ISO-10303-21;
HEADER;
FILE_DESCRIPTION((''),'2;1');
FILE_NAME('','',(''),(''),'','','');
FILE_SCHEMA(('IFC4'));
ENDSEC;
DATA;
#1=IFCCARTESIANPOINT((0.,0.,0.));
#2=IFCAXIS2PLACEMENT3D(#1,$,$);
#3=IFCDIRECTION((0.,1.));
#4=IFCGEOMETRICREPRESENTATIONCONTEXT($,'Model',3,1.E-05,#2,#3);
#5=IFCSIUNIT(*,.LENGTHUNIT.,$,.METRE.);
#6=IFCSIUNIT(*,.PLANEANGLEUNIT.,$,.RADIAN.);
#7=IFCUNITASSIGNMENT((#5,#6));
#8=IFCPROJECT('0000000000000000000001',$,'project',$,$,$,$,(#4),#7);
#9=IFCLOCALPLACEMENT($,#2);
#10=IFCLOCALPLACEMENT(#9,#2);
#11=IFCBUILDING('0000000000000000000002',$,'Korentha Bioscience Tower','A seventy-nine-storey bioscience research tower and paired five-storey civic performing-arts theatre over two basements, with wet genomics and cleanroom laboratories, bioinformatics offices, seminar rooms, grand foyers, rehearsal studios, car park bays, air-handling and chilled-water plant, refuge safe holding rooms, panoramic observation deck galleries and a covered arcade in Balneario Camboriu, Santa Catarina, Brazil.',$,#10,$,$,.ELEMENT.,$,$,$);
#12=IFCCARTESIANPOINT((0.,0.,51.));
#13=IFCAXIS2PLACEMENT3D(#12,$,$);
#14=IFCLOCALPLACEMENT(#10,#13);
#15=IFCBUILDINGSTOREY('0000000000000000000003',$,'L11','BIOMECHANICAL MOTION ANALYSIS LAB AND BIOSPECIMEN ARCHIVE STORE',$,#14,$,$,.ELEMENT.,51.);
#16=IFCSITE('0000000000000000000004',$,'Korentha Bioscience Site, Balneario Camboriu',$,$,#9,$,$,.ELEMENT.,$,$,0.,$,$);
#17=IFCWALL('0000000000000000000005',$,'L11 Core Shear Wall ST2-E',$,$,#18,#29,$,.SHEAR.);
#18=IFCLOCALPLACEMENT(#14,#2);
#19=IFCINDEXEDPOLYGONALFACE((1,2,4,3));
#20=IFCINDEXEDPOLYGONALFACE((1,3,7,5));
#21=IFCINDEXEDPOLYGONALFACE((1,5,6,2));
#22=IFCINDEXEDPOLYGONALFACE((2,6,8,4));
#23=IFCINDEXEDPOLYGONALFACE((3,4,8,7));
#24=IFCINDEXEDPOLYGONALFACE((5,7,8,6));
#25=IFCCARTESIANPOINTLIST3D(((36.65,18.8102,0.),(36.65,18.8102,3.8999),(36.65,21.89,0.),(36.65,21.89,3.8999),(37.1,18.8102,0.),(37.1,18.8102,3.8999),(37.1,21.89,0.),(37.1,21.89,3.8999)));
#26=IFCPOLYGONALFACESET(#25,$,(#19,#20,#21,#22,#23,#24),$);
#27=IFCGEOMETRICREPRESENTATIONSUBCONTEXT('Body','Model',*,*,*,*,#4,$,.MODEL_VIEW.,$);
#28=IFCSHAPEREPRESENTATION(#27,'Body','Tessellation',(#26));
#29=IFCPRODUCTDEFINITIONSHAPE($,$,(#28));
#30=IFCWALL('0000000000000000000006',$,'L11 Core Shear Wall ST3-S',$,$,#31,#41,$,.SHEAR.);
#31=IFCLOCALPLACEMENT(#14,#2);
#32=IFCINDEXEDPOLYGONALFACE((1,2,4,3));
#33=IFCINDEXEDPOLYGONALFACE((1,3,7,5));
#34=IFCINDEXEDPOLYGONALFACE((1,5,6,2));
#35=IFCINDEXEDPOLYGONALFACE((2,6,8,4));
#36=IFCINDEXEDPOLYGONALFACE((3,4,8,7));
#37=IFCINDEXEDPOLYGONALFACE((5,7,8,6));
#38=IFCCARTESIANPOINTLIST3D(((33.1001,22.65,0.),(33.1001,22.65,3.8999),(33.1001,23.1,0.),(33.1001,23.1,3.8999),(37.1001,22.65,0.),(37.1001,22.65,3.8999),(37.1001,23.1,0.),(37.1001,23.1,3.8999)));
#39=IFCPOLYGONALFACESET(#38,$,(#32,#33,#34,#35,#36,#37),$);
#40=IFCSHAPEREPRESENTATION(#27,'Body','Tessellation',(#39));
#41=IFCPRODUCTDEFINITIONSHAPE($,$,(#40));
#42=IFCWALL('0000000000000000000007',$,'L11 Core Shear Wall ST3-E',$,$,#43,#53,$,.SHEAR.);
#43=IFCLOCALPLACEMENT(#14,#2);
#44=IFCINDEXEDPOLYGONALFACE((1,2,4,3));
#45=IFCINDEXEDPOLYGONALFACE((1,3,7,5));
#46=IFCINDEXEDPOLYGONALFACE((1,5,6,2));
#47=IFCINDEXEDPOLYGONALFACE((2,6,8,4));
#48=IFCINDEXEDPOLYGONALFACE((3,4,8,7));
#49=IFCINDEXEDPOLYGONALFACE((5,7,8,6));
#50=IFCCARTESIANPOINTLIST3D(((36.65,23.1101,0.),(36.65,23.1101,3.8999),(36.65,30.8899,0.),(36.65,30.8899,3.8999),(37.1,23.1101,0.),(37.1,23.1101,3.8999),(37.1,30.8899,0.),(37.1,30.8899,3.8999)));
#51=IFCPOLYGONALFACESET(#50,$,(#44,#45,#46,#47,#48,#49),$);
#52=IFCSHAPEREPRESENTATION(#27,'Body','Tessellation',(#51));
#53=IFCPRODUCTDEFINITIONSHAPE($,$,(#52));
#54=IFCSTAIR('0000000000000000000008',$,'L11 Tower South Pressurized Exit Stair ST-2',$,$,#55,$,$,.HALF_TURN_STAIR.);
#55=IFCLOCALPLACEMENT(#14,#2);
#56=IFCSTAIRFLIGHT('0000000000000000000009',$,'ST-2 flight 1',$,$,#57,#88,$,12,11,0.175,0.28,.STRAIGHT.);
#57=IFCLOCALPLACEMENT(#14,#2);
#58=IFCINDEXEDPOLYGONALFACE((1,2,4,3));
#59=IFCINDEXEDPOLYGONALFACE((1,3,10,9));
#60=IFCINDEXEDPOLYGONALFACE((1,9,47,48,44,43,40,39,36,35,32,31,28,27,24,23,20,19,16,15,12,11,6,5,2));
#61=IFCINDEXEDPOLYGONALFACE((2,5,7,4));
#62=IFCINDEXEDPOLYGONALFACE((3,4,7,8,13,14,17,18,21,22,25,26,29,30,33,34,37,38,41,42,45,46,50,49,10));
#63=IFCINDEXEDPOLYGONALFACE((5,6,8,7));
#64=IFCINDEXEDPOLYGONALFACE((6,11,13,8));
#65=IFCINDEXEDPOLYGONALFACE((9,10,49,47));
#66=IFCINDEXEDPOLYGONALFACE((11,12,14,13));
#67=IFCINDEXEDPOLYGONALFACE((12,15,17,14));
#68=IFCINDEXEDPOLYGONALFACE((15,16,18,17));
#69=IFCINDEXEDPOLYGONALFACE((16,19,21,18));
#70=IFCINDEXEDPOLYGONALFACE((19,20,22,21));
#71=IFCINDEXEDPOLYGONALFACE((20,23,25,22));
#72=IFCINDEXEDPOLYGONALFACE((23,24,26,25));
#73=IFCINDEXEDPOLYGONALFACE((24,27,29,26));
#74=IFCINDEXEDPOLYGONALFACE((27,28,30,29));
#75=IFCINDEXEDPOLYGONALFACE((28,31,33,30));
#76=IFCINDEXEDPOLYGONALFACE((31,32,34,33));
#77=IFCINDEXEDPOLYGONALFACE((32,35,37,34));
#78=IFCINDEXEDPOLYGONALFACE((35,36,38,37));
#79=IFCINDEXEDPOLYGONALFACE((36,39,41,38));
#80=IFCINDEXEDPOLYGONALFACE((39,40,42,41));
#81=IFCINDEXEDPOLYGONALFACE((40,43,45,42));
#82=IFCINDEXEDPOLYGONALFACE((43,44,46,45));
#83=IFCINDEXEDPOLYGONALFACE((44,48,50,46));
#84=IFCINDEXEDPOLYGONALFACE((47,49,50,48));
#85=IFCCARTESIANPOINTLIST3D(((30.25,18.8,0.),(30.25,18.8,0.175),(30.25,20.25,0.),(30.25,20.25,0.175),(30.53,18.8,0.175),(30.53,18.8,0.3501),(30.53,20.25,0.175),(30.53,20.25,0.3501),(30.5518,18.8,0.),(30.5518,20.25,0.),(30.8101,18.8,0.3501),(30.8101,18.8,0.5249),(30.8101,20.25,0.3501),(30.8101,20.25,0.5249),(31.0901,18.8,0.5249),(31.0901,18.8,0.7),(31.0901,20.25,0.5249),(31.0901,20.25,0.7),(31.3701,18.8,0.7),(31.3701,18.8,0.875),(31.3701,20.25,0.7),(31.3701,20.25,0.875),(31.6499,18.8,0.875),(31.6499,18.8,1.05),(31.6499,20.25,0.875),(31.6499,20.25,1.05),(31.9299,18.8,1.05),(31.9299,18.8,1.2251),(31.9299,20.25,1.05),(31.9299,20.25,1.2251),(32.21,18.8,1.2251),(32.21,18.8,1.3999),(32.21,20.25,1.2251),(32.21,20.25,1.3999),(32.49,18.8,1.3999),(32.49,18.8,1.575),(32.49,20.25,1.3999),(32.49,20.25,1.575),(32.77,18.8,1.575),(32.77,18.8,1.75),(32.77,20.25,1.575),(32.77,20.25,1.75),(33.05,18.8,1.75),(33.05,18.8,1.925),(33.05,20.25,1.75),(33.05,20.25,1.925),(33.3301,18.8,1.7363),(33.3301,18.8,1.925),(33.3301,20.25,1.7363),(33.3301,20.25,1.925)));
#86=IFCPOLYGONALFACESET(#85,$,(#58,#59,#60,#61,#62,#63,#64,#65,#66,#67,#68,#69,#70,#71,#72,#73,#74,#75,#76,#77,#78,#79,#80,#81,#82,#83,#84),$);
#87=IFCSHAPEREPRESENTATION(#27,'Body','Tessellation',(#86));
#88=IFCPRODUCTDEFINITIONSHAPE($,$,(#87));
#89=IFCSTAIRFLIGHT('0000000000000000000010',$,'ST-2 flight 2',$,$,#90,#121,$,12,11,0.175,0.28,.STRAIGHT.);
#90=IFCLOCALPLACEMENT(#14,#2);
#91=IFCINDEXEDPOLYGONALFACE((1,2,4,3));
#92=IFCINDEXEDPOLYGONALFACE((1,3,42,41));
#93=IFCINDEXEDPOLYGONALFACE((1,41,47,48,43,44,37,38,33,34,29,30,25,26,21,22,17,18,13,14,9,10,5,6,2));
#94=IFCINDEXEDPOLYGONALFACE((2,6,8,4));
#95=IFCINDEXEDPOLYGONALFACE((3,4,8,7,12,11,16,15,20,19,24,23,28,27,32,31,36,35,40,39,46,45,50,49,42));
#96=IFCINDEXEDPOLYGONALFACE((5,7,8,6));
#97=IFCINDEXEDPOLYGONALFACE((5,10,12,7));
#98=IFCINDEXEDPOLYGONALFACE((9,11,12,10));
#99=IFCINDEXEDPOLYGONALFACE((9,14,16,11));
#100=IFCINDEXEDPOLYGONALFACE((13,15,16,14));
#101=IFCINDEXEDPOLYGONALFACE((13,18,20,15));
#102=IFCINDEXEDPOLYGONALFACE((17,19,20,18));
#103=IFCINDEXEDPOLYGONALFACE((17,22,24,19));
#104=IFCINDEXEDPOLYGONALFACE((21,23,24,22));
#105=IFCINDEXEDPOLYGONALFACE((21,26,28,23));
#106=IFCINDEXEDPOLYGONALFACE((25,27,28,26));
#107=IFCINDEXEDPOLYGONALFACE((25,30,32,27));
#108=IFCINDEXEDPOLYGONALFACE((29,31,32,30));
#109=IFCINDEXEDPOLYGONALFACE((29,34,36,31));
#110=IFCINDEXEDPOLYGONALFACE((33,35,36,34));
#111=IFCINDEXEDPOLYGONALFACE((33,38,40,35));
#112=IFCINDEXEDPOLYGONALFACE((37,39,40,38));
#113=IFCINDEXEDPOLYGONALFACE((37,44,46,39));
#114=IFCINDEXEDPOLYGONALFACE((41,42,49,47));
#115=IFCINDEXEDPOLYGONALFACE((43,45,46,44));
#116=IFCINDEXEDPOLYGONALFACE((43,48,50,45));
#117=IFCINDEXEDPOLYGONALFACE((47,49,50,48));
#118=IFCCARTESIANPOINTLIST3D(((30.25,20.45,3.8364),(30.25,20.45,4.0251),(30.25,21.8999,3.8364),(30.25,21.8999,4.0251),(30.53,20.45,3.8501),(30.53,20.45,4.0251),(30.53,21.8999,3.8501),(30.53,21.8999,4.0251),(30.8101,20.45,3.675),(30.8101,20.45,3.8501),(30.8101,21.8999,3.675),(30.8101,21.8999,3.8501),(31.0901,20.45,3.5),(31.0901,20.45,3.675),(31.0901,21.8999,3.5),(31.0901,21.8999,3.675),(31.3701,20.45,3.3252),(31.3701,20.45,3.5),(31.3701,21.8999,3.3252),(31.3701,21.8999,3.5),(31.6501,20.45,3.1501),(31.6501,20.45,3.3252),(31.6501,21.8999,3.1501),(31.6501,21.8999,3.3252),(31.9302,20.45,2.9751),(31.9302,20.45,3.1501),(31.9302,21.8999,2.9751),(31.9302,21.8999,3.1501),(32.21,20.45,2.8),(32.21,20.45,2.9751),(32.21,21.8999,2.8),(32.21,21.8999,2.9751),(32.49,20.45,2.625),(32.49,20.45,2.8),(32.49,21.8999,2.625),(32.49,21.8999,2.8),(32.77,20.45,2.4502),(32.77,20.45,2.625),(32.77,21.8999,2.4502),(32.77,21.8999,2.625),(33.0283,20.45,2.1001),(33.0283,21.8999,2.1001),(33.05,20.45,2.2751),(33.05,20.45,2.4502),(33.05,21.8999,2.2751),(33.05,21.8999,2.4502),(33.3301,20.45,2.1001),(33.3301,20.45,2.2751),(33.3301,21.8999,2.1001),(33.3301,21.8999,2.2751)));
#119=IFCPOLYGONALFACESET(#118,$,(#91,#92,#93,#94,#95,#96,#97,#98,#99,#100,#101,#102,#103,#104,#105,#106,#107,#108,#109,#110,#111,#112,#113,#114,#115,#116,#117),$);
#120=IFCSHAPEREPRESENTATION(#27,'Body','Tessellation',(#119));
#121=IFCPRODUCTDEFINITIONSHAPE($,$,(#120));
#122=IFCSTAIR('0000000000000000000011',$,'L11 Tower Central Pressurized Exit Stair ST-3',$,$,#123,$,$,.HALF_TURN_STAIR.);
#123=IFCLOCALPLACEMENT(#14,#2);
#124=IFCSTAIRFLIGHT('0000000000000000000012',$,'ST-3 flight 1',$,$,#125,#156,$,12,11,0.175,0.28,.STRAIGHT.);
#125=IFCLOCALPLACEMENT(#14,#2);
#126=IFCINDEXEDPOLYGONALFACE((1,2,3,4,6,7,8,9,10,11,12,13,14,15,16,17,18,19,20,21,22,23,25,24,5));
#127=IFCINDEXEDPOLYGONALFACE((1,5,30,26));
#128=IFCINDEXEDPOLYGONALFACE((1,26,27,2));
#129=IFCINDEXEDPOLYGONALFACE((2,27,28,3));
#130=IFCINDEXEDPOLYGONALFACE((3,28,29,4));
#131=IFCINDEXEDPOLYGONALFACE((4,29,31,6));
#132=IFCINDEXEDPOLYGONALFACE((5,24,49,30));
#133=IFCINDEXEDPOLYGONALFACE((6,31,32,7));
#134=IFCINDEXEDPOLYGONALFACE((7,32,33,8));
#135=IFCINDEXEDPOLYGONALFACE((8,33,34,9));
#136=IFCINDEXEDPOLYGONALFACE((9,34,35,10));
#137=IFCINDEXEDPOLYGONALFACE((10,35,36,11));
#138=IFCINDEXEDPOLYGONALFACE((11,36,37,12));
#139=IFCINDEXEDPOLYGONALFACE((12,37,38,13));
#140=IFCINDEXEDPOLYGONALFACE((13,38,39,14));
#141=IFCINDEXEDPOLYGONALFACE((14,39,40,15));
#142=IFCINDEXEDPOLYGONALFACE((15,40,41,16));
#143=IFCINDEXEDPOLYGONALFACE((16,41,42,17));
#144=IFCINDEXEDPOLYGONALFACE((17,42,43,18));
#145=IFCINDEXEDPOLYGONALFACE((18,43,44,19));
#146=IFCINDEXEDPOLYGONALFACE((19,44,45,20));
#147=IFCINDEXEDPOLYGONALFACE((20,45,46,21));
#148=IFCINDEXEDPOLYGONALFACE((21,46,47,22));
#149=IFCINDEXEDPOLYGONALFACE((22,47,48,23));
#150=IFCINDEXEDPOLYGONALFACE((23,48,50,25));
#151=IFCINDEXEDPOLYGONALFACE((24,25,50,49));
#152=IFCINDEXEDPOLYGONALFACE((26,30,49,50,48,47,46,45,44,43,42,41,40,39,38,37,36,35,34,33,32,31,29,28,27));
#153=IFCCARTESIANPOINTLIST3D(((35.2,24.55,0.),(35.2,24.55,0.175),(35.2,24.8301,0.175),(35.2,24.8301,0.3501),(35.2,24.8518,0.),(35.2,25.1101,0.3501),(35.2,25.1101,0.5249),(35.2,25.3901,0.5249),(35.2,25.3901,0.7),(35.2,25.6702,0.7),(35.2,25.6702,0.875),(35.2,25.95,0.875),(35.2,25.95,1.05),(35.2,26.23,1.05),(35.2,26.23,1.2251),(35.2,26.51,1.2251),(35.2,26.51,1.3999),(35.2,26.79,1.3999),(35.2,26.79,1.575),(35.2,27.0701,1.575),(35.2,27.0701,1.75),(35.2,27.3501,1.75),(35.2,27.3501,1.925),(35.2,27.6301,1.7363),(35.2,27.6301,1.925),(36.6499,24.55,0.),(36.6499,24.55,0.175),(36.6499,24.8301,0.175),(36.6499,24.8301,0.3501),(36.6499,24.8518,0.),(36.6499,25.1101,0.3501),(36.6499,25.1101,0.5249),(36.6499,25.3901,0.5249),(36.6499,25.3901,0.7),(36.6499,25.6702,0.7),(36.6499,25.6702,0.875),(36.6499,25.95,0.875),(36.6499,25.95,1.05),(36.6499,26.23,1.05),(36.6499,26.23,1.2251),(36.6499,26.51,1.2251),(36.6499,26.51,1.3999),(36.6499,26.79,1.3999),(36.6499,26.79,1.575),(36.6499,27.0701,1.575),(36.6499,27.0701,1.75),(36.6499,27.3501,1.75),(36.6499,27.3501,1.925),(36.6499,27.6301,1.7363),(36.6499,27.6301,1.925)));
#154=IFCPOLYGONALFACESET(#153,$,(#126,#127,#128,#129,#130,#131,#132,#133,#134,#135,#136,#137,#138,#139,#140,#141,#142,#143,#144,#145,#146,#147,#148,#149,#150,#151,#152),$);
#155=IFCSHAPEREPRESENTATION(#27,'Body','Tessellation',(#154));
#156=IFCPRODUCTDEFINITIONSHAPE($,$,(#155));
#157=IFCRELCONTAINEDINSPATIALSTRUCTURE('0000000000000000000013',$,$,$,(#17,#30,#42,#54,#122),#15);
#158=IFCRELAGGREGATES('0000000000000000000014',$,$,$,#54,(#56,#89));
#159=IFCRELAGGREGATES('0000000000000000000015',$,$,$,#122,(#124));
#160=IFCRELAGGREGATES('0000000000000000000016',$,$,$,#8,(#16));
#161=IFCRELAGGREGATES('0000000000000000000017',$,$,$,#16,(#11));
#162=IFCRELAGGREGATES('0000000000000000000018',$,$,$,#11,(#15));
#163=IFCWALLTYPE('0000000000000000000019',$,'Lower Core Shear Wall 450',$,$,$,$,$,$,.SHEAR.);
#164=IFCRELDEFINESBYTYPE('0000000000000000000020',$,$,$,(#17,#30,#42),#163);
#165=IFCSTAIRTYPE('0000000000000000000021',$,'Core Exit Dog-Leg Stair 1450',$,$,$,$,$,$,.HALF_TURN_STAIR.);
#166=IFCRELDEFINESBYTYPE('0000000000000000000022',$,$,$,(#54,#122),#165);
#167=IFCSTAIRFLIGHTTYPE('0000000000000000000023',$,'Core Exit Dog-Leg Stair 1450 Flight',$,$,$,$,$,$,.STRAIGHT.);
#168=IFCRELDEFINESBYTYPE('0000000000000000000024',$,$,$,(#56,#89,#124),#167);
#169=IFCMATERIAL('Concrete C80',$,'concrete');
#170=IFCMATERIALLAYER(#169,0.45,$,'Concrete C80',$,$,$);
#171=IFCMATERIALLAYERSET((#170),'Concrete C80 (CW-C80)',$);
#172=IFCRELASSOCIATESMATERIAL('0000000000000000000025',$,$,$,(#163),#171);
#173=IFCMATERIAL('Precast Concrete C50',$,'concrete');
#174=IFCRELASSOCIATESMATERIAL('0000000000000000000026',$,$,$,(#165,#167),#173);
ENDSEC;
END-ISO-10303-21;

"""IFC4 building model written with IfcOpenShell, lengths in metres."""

from ifc_helpers import new_model, si_unit, direction, frame, frame_2d, origin, place, context, subcontext, project, spatial, polyline, rectangle, outline, extrude, material, layer, layer_set, type_object, element, aggregate, save


model = new_model("IFC4")

# Units and contexts
model_context = context("Model", 3, precision=1e-05, world=origin(), true_north=direction((0.0, 1.0)))
body_context = subcontext(model_context, "Body", "Model", "MODEL_VIEW")
ifc_project = project(units=[si_unit("LENGTHUNIT", "METRE"), si_unit("PLANEANGLEUNIT", "RADIAN")], contexts=[model_context])

# Site, building, storey
site_placement = place(None, origin())
site = spatial("IfcSite", under=ifc_project, at=site_placement, Name="Korentha Bioscience Site, Balneario Camboriu", CompositionType="ELEMENT", RefElevation=0.0)
building_placement = place(site_placement, origin())
building = spatial("IfcBuilding", under=site, at=building_placement, Name="Korentha Bioscience Tower", Description="A seventy-nine-storey bioscience research tower and paired five-storey civic performing-arts theatre over two basements, with wet genomics and cleanroom laboratories, bioinformatics offices, seminar rooms, grand foyers, rehearsal studios, car park bays, air-handling and chilled-water plant, refuge safe holding rooms, panoramic observation deck galleries and a covered arcade in Balneario Camboriu, Santa Catarina, Brazil.", CompositionType="ELEMENT")
storey_placement = place(building_placement, frame((0.0, 0.0, 51.0)))
storey = spatial("IfcBuildingStorey", under=building, at=storey_placement, Name="L11", Description="BIOMECHANICAL MOTION ANALYSIS LAB AND BIOSPECIMEN ARCHIVE STORE", CompositionType="ELEMENT", Elevation=51.0)

# Walls
ifc_material_1 = material(Name="Concrete C80", Category="concrete")
ifc_layer_1 = layer(ifc_material_1, 0.45, Name="Concrete C80")
ifc_layer_set_1 = layer_set([ifc_layer_1], Name="Concrete C80 (CW-C80)")
wall_type_1 = type_object("IfcWallType", Name="Lower Core Shear Wall 450", PredefinedType="SHEAR", material=ifc_layer_set_1)
wall_1_placement = place(storey_placement, frame((36.875, 18.8101, 0.0), z_axis=(0.0, 0.0, 1.0), x_axis=(0.0, 1.0, 0.0)))
element("IfcWall", 1, at=wall_1_placement, inside=storey, type_object=wall_type_1, Name="L11 Core Shear Wall ST2-E", PredefinedType="SHEAR", context=body_context, shape_type="SweptSolid", body=[
    extrude(rectangle(XDim=3.0798, YDim=0.45, at=frame_2d((1.54, 0.0))), origin(), (0.0, 0.0, 1.0), 3.8999),
])
wall_2_placement = place(storey_placement, frame((33.1001, 22.875, 0.0), z_axis=(0.0, 0.0, 1.0), x_axis=(1.0, 0.0, 0.0)))
element("IfcWall", 2, at=wall_2_placement, inside=storey, type_object=wall_type_1, Name="L11 Core Shear Wall ST3-S", PredefinedType="SHEAR", context=body_context, shape_type="SweptSolid", body=[
    extrude(rectangle(XDim=4.0, YDim=0.45, at=frame_2d((2.0, 0.0))), origin(), (0.0, 0.0, 1.0), 3.8999),
])
wall_3_placement = place(storey_placement, frame((36.875, 23.1101, 0.0), z_axis=(0.0, 0.0, 1.0), x_axis=(0.0, 1.0, 0.0)))
element("IfcWall", 3, at=wall_3_placement, inside=storey, type_object=wall_type_1, Name="L11 Core Shear Wall ST3-E", PredefinedType="SHEAR", context=body_context, shape_type="SweptSolid", body=[
    extrude(rectangle(XDim=7.7798, YDim=0.45, at=frame_2d((3.8899, 0.0))), origin(), (0.0, 0.0, 1.0), 3.8999),
])

# Stair, stair flights
ifc_material_2 = material(Name="Precast Concrete C50", Category="concrete")
stair_type = type_object("IfcStairType", Name="Core Exit Dog-Leg Stair 1450", PredefinedType="HALF_TURN_STAIR", material=ifc_material_2)
stair_1_placement = place(storey_placement, origin())
stair_1 = element("IfcStair", 4, at=stair_1_placement, inside=storey, type_object=stair_type, Name="L11 Tower South Pressurized Exit Stair ST-2", PredefinedType="HALF_TURN_STAIR")
stair_flight_type = type_object("IfcStairFlightType", Name="Core Exit Dog-Leg Stair 1450 Flight", PredefinedType="STRAIGHT", material=ifc_material_2)
stair_flight_1_placement = place(storey_placement, frame((30.25, 19.5249, 0.0), z_axis=(0.0, 0.0, 1.0), x_axis=(1.0, 0.0, 0.0)))
stair_flight_1 = element("IfcStairFlight", 5, at=stair_flight_1_placement, type_object=stair_flight_type, Name="ST-2 flight 1", NumberOfRisers=12, NumberOfTreads=11, PredefinedType="STRAIGHT", RiserHeight=0.175, TreadLength=0.28, context=body_context, shape_type="SweptSolid", body=[
    extrude(outline(polyline([(0.0, 0.0), (0.0, 0.175), (0.28, 0.175), (0.28, 0.3501), (0.5601, 0.3501), (0.5601, 0.5249), (0.8401, 0.5249), (0.8401, 0.7), (1.1201, 0.7), (1.1201, 0.875), (1.3999, 0.875), (1.3999, 1.05), (1.6799, 1.05), (1.6799, 1.2251), (1.96, 1.2251), (1.96, 1.3999), (2.24, 1.3999), (2.24, 1.575), (2.52, 1.575), (2.52, 1.75), (2.8, 1.75), (2.8, 1.925), (3.0801, 1.925), (3.0801, 2.1001), (3.0801, 1.7363), (0.3018, 0.0), (0.0, 0.0)])), frame((0.0, 0.7251, 0.0), z_axis=(0.0, -1.0, 0.0), x_axis=(1.0, 0.0, 0.0)), (0.0, 0.0, 1.0), 1.45),
])
stair_flight_2_placement = place(storey_placement, frame((33.3301, 21.175, 2.1001), z_axis=(0.0, 0.0, 1.0), x_axis=(-1.0, 0.0, 0.0)))
stair_flight_2 = element("IfcStairFlight", 6, at=stair_flight_2_placement, type_object=stair_flight_type, Name="ST-2 flight 2", NumberOfRisers=12, NumberOfTreads=11, PredefinedType="STRAIGHT", RiserHeight=0.175, TreadLength=0.28, context=body_context, shape_type="SweptSolid", body=[
    extrude(outline(polyline([(0.0, 0.0), (0.0, 0.175), (0.28, 0.175), (0.28, 0.3501), (0.5601, 0.3501), (0.5601, 0.5249), (0.8401, 0.5249), (0.8401, 0.7), (1.1201, 0.7), (1.1201, 0.875), (1.3999, 0.875), (1.3999, 1.05), (1.6799, 1.05), (1.6799, 1.2251), (1.96, 1.2251), (1.96, 1.3999), (2.24, 1.3999), (2.24, 1.575), (2.52, 1.575), (2.52, 1.75), (2.8, 1.75), (2.8, 1.925), (3.0801, 1.925), (3.0801, 2.1001), (3.0801, 1.7363), (0.3018, 0.0), (0.0, 0.0)])), frame((0.0, 0.7251, 0.0), z_axis=(0.0, -1.0, 0.0), x_axis=(1.0, 0.0, 0.0)), (0.0, 0.0, 1.0), 1.45),
])
aggregate(stair_1, [stair_flight_1, stair_flight_2])

# Stair, stair flight
stair_2_placement = place(storey_placement, origin())
stair_2 = element("IfcStair", 7, at=stair_2_placement, inside=storey, type_object=stair_type, Name="L11 Tower Central Pressurized Exit Stair ST-3", PredefinedType="HALF_TURN_STAIR")
stair_flight_3_placement = place(storey_placement, frame((35.925, 24.55, 0.0), z_axis=(0.0, 0.0, 1.0), x_axis=(0.0, 1.0, 0.0)))
stair_flight_3 = element("IfcStairFlight", 8, at=stair_flight_3_placement, type_object=stair_flight_type, Name="ST-3 flight 1", NumberOfRisers=12, NumberOfTreads=11, PredefinedType="STRAIGHT", RiserHeight=0.175, TreadLength=0.28, context=body_context, shape_type="SweptSolid", body=[
    extrude(outline(polyline([(0.0, 0.0), (0.0, 0.175), (0.28, 0.175), (0.28, 0.3501), (0.5601, 0.3501), (0.5601, 0.5249), (0.8401, 0.5249), (0.8401, 0.7), (1.1201, 0.7), (1.1201, 0.875), (1.3999, 0.875), (1.3999, 1.05), (1.6799, 1.05), (1.6799, 1.2251), (1.96, 1.2251), (1.96, 1.3999), (2.24, 1.3999), (2.24, 1.575), (2.52, 1.575), (2.52, 1.75), (2.8, 1.75), (2.8, 1.925), (3.0801, 1.925), (3.0801, 2.1001), (3.0801, 1.7363), (0.3018, 0.0), (0.0, 0.0)])), frame((0.0, 0.7251, 0.0), z_axis=(0.0, -1.0, 0.0), x_axis=(1.0, 0.0, 0.0)), (0.0, 0.0, 1.0), 1.45),
])
aggregate(stair_2, [stair_flight_3])

save(model, "model.ifc")
